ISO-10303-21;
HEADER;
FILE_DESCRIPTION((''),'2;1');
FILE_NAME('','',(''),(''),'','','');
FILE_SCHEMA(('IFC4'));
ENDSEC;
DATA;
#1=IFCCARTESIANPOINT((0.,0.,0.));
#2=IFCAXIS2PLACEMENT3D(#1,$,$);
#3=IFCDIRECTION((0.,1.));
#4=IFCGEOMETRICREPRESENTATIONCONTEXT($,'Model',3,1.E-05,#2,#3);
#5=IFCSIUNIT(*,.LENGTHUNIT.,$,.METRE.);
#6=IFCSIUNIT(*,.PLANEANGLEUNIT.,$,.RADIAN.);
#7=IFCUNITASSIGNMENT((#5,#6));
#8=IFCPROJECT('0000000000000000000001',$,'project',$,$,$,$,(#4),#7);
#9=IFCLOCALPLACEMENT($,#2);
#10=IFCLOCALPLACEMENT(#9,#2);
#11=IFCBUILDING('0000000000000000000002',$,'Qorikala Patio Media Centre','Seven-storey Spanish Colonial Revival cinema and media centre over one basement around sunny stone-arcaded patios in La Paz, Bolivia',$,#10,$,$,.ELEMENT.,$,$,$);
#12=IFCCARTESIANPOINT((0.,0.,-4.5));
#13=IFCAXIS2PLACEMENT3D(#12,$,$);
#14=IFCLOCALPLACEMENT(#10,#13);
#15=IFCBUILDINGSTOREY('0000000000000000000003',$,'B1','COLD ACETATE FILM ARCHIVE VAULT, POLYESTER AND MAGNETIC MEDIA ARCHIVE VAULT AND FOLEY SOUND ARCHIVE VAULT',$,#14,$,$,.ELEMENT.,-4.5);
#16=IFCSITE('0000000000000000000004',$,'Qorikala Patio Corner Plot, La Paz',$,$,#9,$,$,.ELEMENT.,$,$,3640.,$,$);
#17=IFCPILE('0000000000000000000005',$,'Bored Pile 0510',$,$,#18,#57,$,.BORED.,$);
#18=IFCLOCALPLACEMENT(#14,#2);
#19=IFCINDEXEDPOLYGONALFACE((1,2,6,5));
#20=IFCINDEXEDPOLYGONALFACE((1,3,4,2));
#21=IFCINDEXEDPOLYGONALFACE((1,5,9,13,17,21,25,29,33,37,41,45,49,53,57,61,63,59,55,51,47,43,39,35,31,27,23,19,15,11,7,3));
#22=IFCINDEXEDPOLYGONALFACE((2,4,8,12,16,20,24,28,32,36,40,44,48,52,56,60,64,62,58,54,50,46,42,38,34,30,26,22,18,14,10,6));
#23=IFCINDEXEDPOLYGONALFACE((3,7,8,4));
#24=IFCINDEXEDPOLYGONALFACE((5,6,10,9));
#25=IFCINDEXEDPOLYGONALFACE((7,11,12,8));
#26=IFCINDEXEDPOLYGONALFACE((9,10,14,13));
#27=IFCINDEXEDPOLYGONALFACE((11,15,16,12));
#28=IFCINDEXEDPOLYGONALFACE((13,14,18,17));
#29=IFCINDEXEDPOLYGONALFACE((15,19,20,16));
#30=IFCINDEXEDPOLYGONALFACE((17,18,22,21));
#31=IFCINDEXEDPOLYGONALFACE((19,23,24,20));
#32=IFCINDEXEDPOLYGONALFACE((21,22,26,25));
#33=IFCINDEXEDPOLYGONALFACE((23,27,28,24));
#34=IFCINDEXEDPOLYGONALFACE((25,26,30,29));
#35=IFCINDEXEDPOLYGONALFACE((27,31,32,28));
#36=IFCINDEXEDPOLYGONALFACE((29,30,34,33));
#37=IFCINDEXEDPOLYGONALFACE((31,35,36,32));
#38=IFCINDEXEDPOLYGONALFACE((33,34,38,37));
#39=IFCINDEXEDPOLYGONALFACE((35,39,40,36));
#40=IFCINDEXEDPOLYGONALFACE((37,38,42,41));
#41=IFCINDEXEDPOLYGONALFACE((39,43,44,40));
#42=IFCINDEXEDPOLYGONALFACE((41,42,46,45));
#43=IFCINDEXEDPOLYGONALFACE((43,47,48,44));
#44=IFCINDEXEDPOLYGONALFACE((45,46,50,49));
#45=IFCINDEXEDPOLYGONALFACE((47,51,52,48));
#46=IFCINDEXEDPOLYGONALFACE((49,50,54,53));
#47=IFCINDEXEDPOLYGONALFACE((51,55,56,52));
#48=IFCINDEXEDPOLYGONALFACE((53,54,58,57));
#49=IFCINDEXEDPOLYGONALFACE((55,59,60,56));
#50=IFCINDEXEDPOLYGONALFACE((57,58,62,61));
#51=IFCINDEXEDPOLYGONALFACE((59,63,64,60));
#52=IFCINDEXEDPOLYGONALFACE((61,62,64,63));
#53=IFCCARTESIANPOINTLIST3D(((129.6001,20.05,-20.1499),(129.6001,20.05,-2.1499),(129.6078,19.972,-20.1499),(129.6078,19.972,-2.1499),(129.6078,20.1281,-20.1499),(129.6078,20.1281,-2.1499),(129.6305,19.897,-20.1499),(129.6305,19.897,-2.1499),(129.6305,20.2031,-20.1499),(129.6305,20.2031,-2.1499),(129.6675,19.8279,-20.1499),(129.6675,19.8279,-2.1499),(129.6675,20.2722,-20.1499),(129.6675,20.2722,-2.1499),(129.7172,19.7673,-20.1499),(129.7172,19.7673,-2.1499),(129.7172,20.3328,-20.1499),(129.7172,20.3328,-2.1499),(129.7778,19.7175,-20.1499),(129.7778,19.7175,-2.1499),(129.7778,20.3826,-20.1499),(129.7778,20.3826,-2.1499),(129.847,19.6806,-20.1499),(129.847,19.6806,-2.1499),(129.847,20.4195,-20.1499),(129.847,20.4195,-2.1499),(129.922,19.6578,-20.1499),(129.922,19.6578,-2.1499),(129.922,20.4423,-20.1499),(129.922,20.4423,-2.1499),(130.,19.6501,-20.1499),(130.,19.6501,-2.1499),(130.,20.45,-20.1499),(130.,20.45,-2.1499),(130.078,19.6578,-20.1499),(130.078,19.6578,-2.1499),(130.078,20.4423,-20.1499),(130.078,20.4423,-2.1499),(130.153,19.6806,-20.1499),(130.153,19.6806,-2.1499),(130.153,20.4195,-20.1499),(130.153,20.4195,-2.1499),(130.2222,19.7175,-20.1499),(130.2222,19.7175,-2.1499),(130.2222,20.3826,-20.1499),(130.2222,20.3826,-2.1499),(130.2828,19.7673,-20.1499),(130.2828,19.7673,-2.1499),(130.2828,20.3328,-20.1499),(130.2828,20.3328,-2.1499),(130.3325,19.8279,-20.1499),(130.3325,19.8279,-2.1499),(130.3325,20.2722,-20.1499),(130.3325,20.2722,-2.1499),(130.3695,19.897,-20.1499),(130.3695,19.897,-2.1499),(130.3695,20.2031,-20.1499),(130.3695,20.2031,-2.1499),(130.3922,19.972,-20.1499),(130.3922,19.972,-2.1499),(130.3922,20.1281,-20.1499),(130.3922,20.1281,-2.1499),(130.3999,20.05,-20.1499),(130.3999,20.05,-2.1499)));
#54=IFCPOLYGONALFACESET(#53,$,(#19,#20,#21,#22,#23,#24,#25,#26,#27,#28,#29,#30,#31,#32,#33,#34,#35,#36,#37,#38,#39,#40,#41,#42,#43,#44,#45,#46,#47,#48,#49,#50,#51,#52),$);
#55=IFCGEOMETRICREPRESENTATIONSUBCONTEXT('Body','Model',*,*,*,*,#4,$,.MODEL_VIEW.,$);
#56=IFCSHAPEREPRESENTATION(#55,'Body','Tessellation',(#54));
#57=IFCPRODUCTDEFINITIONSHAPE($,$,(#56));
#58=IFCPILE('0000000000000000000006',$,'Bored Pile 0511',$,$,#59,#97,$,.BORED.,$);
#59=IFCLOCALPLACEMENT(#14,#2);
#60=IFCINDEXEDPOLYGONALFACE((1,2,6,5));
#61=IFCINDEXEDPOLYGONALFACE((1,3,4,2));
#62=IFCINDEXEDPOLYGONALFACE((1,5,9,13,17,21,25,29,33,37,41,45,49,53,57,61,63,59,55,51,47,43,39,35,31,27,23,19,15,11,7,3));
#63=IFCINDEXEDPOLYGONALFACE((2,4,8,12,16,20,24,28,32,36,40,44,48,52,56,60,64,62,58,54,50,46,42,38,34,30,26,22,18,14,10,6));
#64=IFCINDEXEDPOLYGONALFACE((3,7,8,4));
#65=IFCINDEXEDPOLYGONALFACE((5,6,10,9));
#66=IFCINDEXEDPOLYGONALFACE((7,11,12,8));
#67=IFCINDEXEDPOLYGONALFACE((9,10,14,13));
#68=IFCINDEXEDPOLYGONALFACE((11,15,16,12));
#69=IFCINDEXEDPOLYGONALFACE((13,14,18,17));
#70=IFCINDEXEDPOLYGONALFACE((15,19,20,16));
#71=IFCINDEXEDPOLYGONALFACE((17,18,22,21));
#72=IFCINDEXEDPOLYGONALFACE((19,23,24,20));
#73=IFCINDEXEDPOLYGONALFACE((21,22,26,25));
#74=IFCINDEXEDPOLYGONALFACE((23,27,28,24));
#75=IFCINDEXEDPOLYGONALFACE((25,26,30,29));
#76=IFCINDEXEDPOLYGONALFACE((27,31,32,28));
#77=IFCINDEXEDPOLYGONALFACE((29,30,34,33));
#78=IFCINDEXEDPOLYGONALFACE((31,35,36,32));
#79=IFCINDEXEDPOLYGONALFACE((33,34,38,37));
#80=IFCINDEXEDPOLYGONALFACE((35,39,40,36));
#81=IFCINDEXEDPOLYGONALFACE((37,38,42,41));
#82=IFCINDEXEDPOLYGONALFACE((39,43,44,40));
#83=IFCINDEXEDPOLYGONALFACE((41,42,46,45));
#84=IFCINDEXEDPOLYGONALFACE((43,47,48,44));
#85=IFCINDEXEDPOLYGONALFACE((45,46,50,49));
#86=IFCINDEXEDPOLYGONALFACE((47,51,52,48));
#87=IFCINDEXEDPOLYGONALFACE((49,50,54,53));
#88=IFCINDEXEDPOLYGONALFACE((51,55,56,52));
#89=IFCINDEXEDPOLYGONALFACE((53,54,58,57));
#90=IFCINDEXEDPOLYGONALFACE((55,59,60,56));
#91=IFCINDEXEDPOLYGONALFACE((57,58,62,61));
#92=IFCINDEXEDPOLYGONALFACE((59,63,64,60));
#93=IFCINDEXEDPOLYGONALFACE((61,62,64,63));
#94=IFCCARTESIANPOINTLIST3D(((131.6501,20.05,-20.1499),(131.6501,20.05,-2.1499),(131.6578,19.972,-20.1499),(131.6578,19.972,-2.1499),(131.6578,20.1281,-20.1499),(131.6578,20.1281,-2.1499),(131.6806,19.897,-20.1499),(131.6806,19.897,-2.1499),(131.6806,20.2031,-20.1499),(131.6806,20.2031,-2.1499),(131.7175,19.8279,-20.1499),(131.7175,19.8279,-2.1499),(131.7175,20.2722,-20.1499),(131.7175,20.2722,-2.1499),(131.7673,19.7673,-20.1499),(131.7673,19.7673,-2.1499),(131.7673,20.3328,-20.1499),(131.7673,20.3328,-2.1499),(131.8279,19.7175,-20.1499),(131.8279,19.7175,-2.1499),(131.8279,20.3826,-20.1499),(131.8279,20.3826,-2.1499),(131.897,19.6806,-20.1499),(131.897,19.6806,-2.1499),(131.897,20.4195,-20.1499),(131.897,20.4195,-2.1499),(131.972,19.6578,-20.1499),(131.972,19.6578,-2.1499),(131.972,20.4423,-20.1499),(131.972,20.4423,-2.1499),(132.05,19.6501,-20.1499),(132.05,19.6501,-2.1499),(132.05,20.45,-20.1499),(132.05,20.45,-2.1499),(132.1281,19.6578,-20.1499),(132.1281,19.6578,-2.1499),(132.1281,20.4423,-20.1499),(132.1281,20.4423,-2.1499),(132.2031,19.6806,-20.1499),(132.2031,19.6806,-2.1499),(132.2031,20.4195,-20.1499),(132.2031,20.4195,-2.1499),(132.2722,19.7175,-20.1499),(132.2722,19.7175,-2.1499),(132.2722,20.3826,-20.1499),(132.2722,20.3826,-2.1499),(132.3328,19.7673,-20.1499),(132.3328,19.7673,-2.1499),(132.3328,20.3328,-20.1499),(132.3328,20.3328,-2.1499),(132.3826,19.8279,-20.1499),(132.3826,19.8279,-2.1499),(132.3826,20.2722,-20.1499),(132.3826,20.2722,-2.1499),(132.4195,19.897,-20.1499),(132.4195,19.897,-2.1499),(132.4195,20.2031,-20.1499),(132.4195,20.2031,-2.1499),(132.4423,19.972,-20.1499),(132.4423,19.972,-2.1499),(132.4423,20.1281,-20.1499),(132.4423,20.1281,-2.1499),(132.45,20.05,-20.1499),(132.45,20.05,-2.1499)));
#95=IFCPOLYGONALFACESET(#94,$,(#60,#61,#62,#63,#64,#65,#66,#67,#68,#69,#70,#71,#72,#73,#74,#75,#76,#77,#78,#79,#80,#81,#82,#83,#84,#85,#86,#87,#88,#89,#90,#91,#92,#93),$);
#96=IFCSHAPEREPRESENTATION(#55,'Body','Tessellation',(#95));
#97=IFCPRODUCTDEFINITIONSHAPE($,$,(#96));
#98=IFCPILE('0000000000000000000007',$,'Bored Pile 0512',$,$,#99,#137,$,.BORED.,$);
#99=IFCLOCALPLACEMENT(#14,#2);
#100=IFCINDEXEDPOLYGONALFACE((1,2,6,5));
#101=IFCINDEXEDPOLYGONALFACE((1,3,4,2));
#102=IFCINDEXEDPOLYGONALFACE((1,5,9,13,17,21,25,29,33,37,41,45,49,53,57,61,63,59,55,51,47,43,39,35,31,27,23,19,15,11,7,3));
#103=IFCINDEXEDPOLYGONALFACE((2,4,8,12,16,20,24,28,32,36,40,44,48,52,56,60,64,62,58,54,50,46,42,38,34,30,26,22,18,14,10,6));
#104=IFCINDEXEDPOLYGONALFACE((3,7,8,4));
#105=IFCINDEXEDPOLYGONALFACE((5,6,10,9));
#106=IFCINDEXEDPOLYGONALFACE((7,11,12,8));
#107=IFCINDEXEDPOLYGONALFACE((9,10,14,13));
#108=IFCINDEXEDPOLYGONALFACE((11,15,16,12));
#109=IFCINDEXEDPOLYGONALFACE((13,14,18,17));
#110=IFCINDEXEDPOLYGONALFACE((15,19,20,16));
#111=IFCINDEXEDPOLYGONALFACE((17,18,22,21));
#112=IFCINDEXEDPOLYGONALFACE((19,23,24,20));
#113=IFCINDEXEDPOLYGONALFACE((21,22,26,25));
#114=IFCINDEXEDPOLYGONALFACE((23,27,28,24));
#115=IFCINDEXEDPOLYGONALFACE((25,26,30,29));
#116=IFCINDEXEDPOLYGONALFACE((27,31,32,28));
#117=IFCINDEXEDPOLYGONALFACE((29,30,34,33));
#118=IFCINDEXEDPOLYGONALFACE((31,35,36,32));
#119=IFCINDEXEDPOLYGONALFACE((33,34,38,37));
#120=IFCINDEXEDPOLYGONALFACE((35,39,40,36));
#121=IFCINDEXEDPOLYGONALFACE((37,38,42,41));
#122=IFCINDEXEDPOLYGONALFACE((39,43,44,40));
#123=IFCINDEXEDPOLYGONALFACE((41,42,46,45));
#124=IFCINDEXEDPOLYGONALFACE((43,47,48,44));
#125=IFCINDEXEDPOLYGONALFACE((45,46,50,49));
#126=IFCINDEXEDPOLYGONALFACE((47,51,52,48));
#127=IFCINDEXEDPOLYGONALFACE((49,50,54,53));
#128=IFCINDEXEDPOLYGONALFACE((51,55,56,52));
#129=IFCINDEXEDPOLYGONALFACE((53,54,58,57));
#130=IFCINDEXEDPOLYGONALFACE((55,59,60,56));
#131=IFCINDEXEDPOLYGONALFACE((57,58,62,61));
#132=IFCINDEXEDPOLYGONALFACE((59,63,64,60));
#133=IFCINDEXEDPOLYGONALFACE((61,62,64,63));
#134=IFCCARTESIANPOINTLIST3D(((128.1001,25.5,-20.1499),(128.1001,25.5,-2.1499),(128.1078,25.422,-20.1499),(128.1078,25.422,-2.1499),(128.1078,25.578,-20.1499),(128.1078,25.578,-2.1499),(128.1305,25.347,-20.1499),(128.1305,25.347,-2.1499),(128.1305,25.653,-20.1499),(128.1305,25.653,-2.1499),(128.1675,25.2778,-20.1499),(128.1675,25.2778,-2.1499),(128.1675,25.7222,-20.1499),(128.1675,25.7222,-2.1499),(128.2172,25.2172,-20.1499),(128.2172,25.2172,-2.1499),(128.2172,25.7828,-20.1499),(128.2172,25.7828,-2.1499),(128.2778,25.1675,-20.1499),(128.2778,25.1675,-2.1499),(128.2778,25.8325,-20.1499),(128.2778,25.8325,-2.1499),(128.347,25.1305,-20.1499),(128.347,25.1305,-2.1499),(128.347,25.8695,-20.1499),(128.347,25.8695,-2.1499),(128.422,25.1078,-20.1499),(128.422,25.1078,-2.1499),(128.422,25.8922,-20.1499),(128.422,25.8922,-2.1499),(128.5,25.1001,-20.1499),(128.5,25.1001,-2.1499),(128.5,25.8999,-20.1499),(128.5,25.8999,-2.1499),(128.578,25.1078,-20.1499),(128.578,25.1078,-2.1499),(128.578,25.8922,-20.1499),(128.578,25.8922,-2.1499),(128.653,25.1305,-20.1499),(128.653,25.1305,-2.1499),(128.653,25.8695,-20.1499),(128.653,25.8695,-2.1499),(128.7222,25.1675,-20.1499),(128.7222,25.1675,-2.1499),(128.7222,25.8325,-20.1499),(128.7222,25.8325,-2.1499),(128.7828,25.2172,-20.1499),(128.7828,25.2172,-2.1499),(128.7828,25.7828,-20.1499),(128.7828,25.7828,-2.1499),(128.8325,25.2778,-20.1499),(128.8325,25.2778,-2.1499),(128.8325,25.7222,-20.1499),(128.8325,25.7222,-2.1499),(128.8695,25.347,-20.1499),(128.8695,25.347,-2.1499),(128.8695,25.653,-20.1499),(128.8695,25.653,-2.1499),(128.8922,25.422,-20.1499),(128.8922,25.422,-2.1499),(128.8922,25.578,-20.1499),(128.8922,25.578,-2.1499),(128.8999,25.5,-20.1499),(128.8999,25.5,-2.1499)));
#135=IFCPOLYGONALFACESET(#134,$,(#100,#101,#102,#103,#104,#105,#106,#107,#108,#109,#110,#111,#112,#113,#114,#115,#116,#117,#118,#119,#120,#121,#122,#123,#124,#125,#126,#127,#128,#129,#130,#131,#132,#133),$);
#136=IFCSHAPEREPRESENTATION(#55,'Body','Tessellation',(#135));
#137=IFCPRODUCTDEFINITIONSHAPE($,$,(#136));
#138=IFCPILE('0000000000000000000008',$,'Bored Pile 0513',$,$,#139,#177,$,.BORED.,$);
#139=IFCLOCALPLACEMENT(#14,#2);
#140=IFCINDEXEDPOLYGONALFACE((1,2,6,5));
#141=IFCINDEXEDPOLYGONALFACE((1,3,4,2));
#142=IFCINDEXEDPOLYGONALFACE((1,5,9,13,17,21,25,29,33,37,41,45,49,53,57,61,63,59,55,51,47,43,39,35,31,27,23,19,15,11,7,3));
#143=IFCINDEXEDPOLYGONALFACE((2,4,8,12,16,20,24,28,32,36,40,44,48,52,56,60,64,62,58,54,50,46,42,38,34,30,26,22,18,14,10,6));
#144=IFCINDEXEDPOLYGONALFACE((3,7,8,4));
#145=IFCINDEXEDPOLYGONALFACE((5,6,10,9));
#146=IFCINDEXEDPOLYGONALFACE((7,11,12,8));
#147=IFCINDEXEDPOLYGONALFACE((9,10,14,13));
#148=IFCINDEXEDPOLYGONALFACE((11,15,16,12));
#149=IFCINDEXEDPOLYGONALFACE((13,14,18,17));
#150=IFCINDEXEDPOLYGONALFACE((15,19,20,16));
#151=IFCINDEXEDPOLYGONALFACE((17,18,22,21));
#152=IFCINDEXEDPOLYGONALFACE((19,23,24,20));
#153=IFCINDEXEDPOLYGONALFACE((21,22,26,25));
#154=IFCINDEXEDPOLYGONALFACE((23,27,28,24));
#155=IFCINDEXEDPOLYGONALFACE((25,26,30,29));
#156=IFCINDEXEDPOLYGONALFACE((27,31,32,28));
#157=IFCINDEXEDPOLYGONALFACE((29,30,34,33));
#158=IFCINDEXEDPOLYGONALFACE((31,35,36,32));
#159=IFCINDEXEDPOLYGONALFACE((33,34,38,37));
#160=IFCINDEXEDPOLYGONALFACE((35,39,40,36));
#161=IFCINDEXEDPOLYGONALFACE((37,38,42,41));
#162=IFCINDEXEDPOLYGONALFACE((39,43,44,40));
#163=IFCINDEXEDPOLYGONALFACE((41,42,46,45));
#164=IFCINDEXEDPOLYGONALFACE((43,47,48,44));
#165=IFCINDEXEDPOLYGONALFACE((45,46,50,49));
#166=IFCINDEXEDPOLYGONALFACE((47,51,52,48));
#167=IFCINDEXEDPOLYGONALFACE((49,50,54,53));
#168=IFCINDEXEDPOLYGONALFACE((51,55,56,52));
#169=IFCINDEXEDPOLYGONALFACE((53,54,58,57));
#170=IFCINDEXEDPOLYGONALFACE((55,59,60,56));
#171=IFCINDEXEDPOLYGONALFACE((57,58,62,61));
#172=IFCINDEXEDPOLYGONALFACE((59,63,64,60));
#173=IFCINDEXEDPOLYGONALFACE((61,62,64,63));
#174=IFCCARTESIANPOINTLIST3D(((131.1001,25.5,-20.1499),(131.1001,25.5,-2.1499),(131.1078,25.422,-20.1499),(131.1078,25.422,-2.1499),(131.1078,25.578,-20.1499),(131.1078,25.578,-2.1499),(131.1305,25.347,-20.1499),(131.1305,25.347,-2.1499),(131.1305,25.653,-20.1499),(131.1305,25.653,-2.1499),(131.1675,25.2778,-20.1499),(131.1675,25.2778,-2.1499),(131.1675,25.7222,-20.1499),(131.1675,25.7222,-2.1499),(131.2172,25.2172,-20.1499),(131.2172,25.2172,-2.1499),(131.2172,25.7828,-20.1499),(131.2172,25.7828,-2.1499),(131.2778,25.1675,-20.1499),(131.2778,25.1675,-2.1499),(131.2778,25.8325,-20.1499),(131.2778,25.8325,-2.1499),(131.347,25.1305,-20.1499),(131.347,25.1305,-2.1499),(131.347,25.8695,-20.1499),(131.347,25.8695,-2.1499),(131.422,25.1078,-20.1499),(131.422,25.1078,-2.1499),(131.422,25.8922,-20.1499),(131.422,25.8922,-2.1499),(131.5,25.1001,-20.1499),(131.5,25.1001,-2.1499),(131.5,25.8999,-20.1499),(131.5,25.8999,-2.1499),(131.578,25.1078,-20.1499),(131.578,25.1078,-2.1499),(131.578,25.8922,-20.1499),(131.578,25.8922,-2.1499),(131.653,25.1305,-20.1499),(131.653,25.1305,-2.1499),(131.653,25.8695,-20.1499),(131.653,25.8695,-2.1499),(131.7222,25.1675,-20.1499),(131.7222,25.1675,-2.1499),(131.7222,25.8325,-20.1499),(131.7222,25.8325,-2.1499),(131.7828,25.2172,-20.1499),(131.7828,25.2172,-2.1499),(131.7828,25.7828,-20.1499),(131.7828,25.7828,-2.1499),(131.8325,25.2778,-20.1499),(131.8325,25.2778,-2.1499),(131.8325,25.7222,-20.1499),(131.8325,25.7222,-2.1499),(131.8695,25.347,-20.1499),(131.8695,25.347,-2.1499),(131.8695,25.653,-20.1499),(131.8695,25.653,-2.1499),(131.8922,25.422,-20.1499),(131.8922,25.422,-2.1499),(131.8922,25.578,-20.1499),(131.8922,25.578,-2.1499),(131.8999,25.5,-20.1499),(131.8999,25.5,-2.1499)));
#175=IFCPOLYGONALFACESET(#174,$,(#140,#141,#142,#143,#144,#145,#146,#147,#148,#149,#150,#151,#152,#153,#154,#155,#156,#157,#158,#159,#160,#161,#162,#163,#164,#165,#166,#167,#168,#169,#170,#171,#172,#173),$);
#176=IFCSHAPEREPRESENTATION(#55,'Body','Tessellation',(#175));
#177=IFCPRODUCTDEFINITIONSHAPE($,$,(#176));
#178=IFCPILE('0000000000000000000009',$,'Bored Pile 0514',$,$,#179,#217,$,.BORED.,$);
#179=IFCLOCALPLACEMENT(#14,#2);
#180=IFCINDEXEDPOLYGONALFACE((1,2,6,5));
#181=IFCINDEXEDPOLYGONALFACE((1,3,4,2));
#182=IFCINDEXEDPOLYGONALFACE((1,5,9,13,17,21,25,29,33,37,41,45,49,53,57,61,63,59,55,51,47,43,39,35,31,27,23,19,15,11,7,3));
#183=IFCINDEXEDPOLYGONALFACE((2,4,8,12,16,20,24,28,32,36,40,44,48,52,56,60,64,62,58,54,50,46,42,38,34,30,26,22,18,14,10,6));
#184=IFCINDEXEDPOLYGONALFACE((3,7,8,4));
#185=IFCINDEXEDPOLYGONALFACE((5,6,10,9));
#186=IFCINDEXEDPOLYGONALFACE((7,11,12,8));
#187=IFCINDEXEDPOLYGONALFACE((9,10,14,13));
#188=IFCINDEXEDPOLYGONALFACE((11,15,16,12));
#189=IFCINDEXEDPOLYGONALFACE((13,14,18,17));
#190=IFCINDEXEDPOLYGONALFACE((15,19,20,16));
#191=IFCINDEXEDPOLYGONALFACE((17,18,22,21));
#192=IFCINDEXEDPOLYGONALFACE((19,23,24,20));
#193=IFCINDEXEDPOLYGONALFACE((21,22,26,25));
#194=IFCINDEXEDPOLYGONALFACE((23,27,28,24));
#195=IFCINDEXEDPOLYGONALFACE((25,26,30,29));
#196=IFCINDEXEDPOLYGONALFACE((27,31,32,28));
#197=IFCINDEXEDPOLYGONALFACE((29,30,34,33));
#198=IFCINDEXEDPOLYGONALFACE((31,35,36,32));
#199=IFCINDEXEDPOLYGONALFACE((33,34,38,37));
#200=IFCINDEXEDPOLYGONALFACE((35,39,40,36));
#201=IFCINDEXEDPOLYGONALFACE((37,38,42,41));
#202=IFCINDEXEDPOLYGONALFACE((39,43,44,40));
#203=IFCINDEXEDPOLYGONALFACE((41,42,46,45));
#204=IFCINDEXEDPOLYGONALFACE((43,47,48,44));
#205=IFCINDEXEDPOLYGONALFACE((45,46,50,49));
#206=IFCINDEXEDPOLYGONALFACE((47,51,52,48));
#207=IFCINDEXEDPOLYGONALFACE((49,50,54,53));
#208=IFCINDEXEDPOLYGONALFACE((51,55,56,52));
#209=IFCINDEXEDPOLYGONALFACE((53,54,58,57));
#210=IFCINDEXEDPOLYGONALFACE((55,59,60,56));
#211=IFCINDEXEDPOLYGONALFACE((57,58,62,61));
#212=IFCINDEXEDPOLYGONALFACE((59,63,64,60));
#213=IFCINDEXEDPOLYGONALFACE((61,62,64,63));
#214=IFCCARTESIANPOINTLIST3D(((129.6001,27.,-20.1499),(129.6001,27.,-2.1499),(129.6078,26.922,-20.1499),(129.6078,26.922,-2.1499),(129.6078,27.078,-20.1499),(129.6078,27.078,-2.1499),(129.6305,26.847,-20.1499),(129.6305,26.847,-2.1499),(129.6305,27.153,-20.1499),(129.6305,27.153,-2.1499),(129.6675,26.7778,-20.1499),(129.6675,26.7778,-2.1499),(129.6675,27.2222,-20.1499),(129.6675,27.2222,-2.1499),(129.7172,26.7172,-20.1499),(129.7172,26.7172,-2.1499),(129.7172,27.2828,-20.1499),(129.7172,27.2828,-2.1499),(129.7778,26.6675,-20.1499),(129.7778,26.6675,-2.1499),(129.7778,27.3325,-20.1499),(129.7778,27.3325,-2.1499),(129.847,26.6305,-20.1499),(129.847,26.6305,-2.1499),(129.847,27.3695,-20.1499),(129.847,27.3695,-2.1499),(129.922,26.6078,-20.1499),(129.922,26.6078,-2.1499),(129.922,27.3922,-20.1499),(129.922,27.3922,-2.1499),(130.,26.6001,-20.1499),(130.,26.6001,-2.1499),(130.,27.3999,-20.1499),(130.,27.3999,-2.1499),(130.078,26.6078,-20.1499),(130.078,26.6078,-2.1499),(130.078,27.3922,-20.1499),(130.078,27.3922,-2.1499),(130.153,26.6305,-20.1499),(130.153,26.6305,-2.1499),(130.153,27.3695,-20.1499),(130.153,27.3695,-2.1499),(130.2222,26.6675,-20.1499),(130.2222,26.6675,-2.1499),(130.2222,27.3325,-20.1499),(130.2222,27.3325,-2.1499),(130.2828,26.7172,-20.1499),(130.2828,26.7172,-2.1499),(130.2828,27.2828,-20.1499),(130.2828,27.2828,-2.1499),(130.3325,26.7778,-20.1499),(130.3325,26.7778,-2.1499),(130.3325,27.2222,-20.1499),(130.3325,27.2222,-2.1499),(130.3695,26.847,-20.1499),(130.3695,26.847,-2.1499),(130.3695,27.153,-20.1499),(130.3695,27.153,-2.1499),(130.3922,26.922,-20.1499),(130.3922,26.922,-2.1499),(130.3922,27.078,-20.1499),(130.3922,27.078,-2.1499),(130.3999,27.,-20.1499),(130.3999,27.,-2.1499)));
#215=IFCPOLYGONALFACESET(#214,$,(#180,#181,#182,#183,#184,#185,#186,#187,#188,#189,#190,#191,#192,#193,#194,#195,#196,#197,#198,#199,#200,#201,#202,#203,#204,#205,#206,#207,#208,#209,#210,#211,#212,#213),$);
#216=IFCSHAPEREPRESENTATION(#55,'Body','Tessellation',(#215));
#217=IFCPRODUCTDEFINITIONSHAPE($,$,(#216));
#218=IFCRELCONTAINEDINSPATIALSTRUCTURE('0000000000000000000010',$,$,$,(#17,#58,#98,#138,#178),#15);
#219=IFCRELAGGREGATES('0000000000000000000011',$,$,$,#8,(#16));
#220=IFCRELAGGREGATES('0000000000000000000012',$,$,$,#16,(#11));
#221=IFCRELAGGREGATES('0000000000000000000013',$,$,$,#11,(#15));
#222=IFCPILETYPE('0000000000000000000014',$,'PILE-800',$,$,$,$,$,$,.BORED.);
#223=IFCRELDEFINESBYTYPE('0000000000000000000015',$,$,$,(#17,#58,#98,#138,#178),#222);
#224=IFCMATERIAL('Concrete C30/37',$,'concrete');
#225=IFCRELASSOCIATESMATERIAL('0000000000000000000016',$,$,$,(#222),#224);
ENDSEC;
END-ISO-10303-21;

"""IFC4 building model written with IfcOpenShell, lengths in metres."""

from ifc_helpers import new_model, si_unit, direction, frame, origin, origin_2d, place, context, subcontext, project, spatial, circle, extrude, material, material_profile, profile_set, type_object, element, save


model = new_model("IFC4")

# Units and contexts
model_context = context("Model", 3, precision=1e-05, world=origin(), true_north=direction((0.0, 1.0)))
body_context = subcontext(model_context, "Body", "Model", "MODEL_VIEW")
ifc_project = project(units=[si_unit("LENGTHUNIT", "METRE"), si_unit("PLANEANGLEUNIT", "RADIAN")], contexts=[model_context])

# Site, building, storey
site_placement = place(None, origin())
site = spatial("IfcSite", under=ifc_project, at=site_placement, Name="Qorikala Patio Corner Plot, La Paz", CompositionType="ELEMENT", RefElevation=3640.0)
building_placement = place(site_placement, origin())
building = spatial("IfcBuilding", under=site, at=building_placement, Name="Qorikala Patio Media Centre", Description="Seven-storey Spanish Colonial Revival cinema and media centre over one basement around sunny stone-arcaded patios in La Paz, Bolivia", CompositionType="ELEMENT")
storey_placement = place(building_placement, frame((0.0, 0.0, -4.5)))
storey = spatial("IfcBuildingStorey", under=building, at=storey_placement, Name="B1", Description="COLD ACETATE FILM ARCHIVE VAULT, POLYESTER AND MAGNETIC MEDIA ARCHIVE VAULT AND FOLEY SOUND ARCHIVE VAULT", CompositionType="ELEMENT", Elevation=-4.5)

# Shared definitions
ifc_material_1 = material(Name="Concrete C30/37", Category="concrete")

# Piles
ifc_material_profile_1 = material_profile(ifc_material_1, circle(Radius=0.3999, at=origin_2d()), Name="BORED PILE 800")
ifc_profile_set_1 = profile_set([ifc_material_profile_1], Name="Concrete C30/37")
pile_type = type_object("IfcPileType", Name="PILE-800", PredefinedType="BORED", material=ifc_profile_set_1)
for number, where, z_axis, x_axis, name in (
    (1, (130.0, 20.05, -2.1499), (0.0, 0.0, -1.0), (1.0, 0.0, 0.0), "Bored Pile 0510"),
    (2, (132.05, 20.05, -2.1499), (0.0, 0.0, -1.0), (1.0, 0.0, 0.0), "Bored Pile 0511"),
    (3, (128.5, 25.5, -2.1499), (0.0, 0.0, -1.0), (1.0, 0.0, 0.0), "Bored Pile 0512"),
    (4, (131.5, 25.5, -2.1499), (0.0, 0.0, -1.0), (1.0, 0.0, 0.0), "Bored Pile 0513"),
    (5, (130.0, 27.0, -2.1499), (0.0, 0.0, -1.0), (1.0, 0.0, 0.0), "Bored Pile 0514"),
):
    element("IfcPile", number, at=place(storey_placement, frame(where, z_axis=z_axis, x_axis=x_axis)), inside=storey, type_object=pile_type, Name=name, PredefinedType="BORED", context=body_context, shape_type="SweptSolid", body=[
        extrude(circle(Radius=0.3999, at=origin_2d()), origin(), (0.0, 0.0, 1.0), 18.0),
    ])

save(model, "model.ifc")
